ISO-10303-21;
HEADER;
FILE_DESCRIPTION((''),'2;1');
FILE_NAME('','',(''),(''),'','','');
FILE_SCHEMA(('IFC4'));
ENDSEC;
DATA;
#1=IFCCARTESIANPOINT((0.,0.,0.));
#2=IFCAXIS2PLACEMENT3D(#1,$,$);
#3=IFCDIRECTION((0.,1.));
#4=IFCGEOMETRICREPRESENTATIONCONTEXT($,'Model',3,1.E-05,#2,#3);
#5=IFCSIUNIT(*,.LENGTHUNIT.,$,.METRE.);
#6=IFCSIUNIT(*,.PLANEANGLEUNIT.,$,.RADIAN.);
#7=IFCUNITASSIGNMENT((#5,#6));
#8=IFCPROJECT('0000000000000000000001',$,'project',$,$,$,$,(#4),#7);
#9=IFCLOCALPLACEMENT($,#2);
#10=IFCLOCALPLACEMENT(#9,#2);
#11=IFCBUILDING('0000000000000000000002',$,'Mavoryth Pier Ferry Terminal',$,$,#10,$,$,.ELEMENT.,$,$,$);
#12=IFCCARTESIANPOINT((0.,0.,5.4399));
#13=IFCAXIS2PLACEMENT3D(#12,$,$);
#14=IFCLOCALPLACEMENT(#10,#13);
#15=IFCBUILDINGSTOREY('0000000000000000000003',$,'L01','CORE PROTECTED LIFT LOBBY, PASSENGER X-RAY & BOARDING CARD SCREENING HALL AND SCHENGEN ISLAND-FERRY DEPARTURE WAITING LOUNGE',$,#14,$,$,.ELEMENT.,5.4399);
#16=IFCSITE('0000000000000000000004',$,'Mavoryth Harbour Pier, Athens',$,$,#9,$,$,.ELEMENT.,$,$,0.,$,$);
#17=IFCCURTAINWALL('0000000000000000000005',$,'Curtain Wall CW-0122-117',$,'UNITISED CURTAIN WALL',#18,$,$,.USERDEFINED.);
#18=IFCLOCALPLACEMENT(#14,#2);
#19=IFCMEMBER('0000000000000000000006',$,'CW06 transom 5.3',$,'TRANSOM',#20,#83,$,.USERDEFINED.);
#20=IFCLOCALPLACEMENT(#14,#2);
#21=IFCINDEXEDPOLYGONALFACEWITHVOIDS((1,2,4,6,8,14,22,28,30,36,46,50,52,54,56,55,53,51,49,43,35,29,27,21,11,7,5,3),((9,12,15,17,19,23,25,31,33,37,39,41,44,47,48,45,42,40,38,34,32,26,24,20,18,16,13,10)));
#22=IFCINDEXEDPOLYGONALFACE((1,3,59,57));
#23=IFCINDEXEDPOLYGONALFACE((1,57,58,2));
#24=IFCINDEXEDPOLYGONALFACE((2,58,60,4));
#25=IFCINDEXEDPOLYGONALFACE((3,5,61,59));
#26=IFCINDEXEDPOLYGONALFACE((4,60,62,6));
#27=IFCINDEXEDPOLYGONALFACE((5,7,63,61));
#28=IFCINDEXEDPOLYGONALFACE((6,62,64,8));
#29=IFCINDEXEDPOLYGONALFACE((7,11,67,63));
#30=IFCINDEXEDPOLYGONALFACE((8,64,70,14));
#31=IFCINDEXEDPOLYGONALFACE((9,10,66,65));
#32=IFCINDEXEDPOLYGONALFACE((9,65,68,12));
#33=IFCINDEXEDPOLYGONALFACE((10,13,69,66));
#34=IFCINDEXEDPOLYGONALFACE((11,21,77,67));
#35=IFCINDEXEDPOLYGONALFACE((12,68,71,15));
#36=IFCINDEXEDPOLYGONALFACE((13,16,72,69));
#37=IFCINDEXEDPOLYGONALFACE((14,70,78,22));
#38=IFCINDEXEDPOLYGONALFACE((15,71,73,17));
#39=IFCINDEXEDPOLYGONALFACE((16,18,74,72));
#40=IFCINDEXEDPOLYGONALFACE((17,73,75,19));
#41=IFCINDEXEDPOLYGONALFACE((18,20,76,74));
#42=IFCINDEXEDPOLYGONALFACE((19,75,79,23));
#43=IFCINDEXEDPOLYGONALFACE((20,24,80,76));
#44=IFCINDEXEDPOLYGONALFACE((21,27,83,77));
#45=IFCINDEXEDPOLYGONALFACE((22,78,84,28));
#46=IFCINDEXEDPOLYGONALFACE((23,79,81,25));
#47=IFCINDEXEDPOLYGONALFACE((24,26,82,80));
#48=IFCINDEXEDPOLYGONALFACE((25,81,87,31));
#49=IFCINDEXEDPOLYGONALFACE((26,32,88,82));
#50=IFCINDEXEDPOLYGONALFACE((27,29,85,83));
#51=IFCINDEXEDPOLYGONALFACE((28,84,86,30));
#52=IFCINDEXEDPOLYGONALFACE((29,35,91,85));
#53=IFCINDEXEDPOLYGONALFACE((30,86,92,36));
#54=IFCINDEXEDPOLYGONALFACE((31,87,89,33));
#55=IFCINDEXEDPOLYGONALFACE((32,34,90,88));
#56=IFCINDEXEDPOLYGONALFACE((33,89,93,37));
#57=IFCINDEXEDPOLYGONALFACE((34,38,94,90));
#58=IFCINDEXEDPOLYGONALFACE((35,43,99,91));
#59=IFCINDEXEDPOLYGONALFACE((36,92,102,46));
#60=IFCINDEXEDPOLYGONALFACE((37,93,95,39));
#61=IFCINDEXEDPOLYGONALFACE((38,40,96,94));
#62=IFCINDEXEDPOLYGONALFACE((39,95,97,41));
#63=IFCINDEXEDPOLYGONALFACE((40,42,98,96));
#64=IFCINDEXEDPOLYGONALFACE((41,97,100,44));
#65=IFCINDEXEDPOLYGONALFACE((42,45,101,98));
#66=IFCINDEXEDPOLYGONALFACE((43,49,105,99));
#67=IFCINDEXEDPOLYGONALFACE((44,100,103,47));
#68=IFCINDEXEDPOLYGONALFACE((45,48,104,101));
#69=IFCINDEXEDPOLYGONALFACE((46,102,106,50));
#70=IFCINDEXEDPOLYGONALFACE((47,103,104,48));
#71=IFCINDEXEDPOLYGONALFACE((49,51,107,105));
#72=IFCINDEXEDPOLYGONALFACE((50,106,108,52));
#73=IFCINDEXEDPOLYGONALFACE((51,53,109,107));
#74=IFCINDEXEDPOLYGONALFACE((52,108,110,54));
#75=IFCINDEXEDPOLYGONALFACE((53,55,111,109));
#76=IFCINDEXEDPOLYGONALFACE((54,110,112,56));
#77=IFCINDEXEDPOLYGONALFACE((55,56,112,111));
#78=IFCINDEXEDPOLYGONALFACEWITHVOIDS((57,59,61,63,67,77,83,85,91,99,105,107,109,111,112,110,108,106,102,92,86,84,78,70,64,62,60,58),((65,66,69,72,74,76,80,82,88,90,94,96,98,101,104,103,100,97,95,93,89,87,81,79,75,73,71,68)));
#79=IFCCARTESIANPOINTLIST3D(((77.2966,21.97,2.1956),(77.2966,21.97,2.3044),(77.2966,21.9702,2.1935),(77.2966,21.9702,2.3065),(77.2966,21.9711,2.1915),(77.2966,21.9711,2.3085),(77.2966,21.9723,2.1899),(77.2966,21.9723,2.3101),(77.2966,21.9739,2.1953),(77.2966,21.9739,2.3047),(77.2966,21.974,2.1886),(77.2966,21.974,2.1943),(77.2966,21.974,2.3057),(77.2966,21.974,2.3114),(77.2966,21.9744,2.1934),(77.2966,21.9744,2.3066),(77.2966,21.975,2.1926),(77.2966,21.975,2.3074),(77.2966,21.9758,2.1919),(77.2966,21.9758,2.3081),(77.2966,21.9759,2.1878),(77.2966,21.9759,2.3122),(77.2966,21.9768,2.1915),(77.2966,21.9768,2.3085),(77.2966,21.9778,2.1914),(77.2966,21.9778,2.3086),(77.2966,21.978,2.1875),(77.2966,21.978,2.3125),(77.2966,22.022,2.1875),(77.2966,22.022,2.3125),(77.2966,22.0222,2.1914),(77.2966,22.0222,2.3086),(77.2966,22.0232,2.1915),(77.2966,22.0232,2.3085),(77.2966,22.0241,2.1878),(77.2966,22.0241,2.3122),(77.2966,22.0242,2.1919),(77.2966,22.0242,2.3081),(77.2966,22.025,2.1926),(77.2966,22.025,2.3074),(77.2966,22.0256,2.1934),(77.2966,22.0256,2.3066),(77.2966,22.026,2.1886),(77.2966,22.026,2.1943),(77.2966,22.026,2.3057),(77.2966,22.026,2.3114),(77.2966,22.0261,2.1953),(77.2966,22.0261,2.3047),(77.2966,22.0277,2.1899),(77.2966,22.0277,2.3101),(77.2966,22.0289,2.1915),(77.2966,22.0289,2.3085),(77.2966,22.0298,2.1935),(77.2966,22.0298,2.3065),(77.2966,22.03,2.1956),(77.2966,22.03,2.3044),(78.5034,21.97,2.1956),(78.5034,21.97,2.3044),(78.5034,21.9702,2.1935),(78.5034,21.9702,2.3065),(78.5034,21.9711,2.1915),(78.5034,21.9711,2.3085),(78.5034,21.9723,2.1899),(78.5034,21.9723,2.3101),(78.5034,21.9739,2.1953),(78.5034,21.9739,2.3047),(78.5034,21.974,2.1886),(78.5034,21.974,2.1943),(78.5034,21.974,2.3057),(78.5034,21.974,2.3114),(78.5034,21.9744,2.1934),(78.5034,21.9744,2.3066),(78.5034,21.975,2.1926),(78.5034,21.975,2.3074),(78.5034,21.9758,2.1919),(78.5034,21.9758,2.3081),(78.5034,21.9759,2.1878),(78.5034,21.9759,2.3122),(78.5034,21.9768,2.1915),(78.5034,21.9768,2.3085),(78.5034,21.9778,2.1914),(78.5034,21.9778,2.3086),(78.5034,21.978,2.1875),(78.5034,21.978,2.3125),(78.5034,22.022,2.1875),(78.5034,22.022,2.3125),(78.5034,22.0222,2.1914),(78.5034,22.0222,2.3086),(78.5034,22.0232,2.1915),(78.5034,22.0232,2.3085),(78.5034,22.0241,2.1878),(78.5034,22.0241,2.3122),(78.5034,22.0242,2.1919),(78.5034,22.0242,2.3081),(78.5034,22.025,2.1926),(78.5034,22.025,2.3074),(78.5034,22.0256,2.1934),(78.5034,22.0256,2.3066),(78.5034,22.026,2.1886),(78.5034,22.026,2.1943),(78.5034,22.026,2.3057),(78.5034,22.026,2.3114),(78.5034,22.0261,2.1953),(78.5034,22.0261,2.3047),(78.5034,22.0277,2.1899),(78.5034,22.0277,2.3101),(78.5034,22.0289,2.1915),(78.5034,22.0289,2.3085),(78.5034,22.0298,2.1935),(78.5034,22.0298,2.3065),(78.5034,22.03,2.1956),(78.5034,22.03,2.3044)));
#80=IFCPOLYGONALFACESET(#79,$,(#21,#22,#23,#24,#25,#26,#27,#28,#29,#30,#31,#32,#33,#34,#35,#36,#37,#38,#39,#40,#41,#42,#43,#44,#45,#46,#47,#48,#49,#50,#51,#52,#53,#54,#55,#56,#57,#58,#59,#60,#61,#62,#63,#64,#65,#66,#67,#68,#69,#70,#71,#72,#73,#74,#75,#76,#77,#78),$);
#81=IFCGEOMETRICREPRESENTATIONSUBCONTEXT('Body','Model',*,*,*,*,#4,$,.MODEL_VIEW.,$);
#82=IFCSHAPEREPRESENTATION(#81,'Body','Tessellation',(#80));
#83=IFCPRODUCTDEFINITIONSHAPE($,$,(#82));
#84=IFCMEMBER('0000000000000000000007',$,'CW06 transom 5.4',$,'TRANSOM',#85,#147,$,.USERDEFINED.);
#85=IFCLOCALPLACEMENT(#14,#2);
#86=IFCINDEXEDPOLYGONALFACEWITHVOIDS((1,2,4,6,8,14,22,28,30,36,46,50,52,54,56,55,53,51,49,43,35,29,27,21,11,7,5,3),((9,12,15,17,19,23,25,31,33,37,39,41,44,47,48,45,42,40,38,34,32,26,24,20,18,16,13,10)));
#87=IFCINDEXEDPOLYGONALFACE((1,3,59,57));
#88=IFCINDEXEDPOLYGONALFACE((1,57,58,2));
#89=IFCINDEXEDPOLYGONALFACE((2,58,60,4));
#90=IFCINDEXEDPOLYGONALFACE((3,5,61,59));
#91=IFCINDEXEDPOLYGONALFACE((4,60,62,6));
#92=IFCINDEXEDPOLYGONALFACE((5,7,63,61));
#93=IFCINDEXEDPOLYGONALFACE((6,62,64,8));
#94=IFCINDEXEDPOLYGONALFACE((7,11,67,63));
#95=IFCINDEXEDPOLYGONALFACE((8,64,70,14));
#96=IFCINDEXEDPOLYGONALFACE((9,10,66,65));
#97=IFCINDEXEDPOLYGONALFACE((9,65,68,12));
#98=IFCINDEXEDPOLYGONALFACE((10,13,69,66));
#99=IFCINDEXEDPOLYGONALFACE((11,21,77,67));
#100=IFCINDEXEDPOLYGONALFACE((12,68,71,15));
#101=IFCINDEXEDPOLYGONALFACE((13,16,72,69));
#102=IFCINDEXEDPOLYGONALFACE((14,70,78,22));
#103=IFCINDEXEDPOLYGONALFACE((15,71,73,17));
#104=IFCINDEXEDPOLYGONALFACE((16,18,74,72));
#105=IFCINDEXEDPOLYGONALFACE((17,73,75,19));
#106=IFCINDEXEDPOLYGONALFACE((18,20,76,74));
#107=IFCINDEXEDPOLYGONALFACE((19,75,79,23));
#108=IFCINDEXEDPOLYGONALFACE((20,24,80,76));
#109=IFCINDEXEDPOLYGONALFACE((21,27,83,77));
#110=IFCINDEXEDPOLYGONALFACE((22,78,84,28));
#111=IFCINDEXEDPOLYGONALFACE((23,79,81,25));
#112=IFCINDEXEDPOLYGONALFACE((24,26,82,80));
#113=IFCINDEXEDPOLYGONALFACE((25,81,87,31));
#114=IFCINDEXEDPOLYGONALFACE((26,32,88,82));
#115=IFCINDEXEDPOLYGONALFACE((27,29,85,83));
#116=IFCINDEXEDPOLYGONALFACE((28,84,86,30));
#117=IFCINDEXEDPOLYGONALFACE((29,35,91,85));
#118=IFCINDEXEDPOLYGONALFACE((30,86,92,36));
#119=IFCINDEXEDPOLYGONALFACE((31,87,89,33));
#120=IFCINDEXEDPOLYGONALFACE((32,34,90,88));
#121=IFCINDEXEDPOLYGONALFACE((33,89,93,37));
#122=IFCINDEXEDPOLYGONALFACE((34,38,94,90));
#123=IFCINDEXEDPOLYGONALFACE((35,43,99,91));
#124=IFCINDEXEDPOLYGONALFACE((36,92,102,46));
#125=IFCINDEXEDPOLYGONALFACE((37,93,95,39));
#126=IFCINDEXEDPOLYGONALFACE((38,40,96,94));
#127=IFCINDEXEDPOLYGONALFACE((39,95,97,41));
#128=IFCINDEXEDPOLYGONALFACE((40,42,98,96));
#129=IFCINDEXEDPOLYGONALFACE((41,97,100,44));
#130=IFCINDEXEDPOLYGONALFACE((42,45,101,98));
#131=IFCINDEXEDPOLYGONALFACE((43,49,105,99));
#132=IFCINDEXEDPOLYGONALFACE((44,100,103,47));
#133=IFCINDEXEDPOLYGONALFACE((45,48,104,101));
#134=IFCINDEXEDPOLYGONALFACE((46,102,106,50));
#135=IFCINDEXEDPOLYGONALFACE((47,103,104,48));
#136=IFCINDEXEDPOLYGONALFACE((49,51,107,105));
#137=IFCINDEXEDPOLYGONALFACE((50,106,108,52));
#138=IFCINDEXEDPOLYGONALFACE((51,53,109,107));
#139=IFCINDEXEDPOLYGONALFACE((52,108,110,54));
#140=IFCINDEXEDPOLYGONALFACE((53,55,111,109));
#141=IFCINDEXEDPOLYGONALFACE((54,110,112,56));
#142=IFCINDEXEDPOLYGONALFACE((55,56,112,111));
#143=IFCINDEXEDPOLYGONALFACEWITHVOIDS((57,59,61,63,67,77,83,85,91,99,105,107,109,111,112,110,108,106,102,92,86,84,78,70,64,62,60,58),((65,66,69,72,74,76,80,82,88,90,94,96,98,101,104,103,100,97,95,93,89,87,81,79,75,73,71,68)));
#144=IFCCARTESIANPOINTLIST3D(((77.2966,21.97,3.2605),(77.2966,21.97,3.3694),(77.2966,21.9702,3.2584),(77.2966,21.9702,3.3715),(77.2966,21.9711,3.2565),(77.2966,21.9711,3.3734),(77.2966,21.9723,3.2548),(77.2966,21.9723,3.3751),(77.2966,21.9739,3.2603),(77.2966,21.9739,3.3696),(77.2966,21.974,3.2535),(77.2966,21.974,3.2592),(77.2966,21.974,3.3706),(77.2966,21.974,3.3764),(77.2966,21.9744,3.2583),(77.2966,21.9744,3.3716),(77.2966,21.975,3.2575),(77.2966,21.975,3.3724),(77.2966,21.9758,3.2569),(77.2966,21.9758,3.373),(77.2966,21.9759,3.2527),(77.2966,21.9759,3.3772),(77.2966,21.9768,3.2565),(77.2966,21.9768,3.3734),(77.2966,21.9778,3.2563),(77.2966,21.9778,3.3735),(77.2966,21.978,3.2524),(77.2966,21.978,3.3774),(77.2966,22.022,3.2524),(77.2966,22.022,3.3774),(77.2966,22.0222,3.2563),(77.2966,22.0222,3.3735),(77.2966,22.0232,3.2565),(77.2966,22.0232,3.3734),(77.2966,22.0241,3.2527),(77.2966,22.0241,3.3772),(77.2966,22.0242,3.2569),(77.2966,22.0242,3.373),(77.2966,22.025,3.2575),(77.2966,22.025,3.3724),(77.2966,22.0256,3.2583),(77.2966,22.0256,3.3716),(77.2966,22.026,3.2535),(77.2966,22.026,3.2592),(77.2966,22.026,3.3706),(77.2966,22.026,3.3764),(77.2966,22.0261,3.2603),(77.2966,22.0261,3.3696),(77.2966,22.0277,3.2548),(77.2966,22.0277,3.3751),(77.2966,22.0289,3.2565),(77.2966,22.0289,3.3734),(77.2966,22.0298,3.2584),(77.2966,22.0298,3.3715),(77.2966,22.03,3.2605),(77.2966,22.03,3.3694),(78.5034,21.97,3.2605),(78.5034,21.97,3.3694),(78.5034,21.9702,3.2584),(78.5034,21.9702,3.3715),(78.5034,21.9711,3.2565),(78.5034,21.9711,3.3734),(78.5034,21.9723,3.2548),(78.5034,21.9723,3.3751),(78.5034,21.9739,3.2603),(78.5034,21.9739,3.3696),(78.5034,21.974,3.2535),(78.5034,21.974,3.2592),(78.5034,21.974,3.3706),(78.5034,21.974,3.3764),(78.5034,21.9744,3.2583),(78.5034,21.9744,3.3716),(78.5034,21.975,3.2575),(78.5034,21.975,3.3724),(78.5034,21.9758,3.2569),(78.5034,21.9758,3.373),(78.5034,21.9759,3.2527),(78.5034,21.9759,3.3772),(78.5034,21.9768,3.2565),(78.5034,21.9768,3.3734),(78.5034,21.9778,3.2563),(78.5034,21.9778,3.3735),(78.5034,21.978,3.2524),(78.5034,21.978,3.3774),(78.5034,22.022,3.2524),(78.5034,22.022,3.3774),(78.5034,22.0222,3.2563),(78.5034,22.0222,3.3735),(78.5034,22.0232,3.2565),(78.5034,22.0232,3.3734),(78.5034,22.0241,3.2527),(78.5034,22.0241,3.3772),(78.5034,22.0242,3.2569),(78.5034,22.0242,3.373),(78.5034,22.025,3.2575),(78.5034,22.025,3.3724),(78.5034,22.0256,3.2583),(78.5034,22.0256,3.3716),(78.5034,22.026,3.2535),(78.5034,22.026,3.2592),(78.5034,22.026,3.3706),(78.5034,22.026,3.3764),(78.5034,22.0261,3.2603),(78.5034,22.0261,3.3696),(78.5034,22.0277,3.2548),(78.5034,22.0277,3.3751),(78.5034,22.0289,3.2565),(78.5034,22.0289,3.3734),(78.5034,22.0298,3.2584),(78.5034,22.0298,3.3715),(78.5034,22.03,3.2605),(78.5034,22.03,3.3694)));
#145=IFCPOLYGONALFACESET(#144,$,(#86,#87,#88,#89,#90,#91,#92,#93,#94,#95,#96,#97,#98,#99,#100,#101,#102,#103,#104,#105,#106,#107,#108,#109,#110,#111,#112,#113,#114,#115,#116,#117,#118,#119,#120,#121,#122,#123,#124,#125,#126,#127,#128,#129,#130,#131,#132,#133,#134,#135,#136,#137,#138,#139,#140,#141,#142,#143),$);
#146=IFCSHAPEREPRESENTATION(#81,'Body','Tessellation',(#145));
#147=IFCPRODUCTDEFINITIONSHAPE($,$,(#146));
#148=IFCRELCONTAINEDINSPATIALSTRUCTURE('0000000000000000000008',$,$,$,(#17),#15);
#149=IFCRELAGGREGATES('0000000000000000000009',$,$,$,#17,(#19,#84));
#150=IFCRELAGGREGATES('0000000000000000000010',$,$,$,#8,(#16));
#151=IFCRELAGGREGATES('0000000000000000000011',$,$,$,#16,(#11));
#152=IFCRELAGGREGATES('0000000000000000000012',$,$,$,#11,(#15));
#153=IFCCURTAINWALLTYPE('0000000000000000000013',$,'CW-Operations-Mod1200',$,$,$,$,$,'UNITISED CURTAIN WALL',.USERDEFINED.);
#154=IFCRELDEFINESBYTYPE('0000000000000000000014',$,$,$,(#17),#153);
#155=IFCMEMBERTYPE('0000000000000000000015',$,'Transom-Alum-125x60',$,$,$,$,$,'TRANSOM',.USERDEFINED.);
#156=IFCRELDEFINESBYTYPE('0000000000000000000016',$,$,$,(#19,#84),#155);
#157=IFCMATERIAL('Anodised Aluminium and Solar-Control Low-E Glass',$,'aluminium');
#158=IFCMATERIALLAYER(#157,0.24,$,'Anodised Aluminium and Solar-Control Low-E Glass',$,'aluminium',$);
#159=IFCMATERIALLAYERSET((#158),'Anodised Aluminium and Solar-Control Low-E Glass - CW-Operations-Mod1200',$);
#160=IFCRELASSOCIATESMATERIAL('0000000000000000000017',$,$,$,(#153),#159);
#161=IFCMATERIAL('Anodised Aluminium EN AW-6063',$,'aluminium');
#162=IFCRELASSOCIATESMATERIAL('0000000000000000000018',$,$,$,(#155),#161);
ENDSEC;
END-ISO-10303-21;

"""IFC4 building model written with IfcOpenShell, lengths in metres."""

from ifc_helpers import new_model, si_unit, direction, frame, origin, origin_2d, place, context, subcontext, project, spatial, hollow_rectangle, extrude, material, layer, layer_set, material_profile, profile_set, type_object, element, aggregate, save


model = new_model("IFC4")

# Units and contexts
model_context = context("Model", 3, precision=1e-05, world=origin(), true_north=direction((0.0, 1.0)))
body_context = subcontext(model_context, "Body", "Model", "MODEL_VIEW")
ifc_project = project(units=[si_unit("LENGTHUNIT", "METRE"), si_unit("PLANEANGLEUNIT", "RADIAN")], contexts=[model_context])

# Site, building, storey
site_placement = place(None, origin())
site = spatial("IfcSite", under=ifc_project, at=site_placement, Name="Mavoryth Harbour Pier, Athens", CompositionType="ELEMENT", RefElevation=0.0)
building_placement = place(site_placement, origin())
building = spatial("IfcBuilding", under=site, at=building_placement, Name="Mavoryth Pier Ferry Terminal", CompositionType="ELEMENT")
storey_placement = place(building_placement, frame((0.0, 0.0, 5.4399)))
storey = spatial("IfcBuildingStorey", under=building, at=storey_placement, Name="L01", Description="CORE PROTECTED LIFT LOBBY, PASSENGER X-RAY & BOARDING CARD SCREENING HALL AND SCHENGEN ISLAND-FERRY DEPARTURE WAITING LOUNGE", CompositionType="ELEMENT", Elevation=5.4399)

# Curtain wall
ifc_material_1 = material(Name="Anodised Aluminium and Solar-Control Low-E Glass", Category="aluminium")
ifc_layer_1 = layer(ifc_material_1, 0.24, Name="Anodised Aluminium and Solar-Control Low-E Glass", Category="aluminium")
ifc_layer_set_1 = layer_set([ifc_layer_1], Name="Anodised Aluminium and Solar-Control Low-E Glass - CW-Operations-Mod1200")
curtain_wall_type = type_object("IfcCurtainWallType", Name="CW-Operations-Mod1200", ElementType="UNITISED CURTAIN WALL", PredefinedType="USERDEFINED", material=ifc_layer_set_1)
ifc_material_2 = material(Name="Anodised Aluminium EN AW-6063", Category="aluminium")
curtain_wall_1_placement = place(storey_placement, origin())
curtain_wall_1 = element("IfcCurtainWall", 1, at=curtain_wall_1_placement, inside=storey, type_object=curtain_wall_type, Name="Curtain Wall CW-0122-117", ObjectType="UNITISED CURTAIN WALL", PredefinedType="USERDEFINED")

# Members
ifc_material_profile_1 = material_profile(ifc_material_2, hollow_rectangle(XDim=0.0601, YDim=0.125, WallThickness=0.0039, InnerFilletRadius=0.0039, OuterFilletRadius=0.0081, at=origin_2d()), Name="AL-TRAN 125x60x4", Category="aluminium")
ifc_profile_set_1 = profile_set([ifc_material_profile_1], Name="Anodised Aluminium EN AW-6063 - AL-TRAN 125x60x4")
member_type_1 = type_object("IfcMemberType", Name="Transom-Alum-125x60", ElementType="TRANSOM", PredefinedType="USERDEFINED", material=ifc_profile_set_1)
member_1_placement = place(storey_placement, frame((78.5034, 22.0, 2.25), z_axis=(-1.0, 0.0, 0.0), x_axis=(0.0, -1.0, 0.0)))
member_1 = element("IfcMember", 2, at=member_1_placement, type_object=member_type_1, Name="CW06 transom 5.3", ObjectType="TRANSOM", PredefinedType="USERDEFINED", context=body_context, shape_type="SweptSolid", body=[
    extrude(hollow_rectangle(XDim=0.0601, YDim=0.125, WallThickness=0.0039, InnerFilletRadius=0.0039, OuterFilletRadius=0.0081, at=origin_2d()), origin(), (0.0, 0.0, 1.0), 1.2068),
])
member_2_placement = place(storey_placement, frame((78.5034, 22.0, 3.3149), z_axis=(-1.0, 0.0, 0.0), x_axis=(0.0, -1.0, 0.0)))
member_2 = element("IfcMember", 3, at=member_2_placement, type_object=member_type_1, Name="CW06 transom 5.4", ObjectType="TRANSOM", PredefinedType="USERDEFINED", context=body_context, shape_type="SweptSolid", body=[
    extrude(hollow_rectangle(XDim=0.0601, YDim=0.125, WallThickness=0.0039, InnerFilletRadius=0.0039, OuterFilletRadius=0.0081, at=origin_2d()), origin(), (0.0, 0.0, 1.0), 1.2068),
])

aggregate(curtain_wall_1, [member_1, member_2])

save(model, "model.ifc")
